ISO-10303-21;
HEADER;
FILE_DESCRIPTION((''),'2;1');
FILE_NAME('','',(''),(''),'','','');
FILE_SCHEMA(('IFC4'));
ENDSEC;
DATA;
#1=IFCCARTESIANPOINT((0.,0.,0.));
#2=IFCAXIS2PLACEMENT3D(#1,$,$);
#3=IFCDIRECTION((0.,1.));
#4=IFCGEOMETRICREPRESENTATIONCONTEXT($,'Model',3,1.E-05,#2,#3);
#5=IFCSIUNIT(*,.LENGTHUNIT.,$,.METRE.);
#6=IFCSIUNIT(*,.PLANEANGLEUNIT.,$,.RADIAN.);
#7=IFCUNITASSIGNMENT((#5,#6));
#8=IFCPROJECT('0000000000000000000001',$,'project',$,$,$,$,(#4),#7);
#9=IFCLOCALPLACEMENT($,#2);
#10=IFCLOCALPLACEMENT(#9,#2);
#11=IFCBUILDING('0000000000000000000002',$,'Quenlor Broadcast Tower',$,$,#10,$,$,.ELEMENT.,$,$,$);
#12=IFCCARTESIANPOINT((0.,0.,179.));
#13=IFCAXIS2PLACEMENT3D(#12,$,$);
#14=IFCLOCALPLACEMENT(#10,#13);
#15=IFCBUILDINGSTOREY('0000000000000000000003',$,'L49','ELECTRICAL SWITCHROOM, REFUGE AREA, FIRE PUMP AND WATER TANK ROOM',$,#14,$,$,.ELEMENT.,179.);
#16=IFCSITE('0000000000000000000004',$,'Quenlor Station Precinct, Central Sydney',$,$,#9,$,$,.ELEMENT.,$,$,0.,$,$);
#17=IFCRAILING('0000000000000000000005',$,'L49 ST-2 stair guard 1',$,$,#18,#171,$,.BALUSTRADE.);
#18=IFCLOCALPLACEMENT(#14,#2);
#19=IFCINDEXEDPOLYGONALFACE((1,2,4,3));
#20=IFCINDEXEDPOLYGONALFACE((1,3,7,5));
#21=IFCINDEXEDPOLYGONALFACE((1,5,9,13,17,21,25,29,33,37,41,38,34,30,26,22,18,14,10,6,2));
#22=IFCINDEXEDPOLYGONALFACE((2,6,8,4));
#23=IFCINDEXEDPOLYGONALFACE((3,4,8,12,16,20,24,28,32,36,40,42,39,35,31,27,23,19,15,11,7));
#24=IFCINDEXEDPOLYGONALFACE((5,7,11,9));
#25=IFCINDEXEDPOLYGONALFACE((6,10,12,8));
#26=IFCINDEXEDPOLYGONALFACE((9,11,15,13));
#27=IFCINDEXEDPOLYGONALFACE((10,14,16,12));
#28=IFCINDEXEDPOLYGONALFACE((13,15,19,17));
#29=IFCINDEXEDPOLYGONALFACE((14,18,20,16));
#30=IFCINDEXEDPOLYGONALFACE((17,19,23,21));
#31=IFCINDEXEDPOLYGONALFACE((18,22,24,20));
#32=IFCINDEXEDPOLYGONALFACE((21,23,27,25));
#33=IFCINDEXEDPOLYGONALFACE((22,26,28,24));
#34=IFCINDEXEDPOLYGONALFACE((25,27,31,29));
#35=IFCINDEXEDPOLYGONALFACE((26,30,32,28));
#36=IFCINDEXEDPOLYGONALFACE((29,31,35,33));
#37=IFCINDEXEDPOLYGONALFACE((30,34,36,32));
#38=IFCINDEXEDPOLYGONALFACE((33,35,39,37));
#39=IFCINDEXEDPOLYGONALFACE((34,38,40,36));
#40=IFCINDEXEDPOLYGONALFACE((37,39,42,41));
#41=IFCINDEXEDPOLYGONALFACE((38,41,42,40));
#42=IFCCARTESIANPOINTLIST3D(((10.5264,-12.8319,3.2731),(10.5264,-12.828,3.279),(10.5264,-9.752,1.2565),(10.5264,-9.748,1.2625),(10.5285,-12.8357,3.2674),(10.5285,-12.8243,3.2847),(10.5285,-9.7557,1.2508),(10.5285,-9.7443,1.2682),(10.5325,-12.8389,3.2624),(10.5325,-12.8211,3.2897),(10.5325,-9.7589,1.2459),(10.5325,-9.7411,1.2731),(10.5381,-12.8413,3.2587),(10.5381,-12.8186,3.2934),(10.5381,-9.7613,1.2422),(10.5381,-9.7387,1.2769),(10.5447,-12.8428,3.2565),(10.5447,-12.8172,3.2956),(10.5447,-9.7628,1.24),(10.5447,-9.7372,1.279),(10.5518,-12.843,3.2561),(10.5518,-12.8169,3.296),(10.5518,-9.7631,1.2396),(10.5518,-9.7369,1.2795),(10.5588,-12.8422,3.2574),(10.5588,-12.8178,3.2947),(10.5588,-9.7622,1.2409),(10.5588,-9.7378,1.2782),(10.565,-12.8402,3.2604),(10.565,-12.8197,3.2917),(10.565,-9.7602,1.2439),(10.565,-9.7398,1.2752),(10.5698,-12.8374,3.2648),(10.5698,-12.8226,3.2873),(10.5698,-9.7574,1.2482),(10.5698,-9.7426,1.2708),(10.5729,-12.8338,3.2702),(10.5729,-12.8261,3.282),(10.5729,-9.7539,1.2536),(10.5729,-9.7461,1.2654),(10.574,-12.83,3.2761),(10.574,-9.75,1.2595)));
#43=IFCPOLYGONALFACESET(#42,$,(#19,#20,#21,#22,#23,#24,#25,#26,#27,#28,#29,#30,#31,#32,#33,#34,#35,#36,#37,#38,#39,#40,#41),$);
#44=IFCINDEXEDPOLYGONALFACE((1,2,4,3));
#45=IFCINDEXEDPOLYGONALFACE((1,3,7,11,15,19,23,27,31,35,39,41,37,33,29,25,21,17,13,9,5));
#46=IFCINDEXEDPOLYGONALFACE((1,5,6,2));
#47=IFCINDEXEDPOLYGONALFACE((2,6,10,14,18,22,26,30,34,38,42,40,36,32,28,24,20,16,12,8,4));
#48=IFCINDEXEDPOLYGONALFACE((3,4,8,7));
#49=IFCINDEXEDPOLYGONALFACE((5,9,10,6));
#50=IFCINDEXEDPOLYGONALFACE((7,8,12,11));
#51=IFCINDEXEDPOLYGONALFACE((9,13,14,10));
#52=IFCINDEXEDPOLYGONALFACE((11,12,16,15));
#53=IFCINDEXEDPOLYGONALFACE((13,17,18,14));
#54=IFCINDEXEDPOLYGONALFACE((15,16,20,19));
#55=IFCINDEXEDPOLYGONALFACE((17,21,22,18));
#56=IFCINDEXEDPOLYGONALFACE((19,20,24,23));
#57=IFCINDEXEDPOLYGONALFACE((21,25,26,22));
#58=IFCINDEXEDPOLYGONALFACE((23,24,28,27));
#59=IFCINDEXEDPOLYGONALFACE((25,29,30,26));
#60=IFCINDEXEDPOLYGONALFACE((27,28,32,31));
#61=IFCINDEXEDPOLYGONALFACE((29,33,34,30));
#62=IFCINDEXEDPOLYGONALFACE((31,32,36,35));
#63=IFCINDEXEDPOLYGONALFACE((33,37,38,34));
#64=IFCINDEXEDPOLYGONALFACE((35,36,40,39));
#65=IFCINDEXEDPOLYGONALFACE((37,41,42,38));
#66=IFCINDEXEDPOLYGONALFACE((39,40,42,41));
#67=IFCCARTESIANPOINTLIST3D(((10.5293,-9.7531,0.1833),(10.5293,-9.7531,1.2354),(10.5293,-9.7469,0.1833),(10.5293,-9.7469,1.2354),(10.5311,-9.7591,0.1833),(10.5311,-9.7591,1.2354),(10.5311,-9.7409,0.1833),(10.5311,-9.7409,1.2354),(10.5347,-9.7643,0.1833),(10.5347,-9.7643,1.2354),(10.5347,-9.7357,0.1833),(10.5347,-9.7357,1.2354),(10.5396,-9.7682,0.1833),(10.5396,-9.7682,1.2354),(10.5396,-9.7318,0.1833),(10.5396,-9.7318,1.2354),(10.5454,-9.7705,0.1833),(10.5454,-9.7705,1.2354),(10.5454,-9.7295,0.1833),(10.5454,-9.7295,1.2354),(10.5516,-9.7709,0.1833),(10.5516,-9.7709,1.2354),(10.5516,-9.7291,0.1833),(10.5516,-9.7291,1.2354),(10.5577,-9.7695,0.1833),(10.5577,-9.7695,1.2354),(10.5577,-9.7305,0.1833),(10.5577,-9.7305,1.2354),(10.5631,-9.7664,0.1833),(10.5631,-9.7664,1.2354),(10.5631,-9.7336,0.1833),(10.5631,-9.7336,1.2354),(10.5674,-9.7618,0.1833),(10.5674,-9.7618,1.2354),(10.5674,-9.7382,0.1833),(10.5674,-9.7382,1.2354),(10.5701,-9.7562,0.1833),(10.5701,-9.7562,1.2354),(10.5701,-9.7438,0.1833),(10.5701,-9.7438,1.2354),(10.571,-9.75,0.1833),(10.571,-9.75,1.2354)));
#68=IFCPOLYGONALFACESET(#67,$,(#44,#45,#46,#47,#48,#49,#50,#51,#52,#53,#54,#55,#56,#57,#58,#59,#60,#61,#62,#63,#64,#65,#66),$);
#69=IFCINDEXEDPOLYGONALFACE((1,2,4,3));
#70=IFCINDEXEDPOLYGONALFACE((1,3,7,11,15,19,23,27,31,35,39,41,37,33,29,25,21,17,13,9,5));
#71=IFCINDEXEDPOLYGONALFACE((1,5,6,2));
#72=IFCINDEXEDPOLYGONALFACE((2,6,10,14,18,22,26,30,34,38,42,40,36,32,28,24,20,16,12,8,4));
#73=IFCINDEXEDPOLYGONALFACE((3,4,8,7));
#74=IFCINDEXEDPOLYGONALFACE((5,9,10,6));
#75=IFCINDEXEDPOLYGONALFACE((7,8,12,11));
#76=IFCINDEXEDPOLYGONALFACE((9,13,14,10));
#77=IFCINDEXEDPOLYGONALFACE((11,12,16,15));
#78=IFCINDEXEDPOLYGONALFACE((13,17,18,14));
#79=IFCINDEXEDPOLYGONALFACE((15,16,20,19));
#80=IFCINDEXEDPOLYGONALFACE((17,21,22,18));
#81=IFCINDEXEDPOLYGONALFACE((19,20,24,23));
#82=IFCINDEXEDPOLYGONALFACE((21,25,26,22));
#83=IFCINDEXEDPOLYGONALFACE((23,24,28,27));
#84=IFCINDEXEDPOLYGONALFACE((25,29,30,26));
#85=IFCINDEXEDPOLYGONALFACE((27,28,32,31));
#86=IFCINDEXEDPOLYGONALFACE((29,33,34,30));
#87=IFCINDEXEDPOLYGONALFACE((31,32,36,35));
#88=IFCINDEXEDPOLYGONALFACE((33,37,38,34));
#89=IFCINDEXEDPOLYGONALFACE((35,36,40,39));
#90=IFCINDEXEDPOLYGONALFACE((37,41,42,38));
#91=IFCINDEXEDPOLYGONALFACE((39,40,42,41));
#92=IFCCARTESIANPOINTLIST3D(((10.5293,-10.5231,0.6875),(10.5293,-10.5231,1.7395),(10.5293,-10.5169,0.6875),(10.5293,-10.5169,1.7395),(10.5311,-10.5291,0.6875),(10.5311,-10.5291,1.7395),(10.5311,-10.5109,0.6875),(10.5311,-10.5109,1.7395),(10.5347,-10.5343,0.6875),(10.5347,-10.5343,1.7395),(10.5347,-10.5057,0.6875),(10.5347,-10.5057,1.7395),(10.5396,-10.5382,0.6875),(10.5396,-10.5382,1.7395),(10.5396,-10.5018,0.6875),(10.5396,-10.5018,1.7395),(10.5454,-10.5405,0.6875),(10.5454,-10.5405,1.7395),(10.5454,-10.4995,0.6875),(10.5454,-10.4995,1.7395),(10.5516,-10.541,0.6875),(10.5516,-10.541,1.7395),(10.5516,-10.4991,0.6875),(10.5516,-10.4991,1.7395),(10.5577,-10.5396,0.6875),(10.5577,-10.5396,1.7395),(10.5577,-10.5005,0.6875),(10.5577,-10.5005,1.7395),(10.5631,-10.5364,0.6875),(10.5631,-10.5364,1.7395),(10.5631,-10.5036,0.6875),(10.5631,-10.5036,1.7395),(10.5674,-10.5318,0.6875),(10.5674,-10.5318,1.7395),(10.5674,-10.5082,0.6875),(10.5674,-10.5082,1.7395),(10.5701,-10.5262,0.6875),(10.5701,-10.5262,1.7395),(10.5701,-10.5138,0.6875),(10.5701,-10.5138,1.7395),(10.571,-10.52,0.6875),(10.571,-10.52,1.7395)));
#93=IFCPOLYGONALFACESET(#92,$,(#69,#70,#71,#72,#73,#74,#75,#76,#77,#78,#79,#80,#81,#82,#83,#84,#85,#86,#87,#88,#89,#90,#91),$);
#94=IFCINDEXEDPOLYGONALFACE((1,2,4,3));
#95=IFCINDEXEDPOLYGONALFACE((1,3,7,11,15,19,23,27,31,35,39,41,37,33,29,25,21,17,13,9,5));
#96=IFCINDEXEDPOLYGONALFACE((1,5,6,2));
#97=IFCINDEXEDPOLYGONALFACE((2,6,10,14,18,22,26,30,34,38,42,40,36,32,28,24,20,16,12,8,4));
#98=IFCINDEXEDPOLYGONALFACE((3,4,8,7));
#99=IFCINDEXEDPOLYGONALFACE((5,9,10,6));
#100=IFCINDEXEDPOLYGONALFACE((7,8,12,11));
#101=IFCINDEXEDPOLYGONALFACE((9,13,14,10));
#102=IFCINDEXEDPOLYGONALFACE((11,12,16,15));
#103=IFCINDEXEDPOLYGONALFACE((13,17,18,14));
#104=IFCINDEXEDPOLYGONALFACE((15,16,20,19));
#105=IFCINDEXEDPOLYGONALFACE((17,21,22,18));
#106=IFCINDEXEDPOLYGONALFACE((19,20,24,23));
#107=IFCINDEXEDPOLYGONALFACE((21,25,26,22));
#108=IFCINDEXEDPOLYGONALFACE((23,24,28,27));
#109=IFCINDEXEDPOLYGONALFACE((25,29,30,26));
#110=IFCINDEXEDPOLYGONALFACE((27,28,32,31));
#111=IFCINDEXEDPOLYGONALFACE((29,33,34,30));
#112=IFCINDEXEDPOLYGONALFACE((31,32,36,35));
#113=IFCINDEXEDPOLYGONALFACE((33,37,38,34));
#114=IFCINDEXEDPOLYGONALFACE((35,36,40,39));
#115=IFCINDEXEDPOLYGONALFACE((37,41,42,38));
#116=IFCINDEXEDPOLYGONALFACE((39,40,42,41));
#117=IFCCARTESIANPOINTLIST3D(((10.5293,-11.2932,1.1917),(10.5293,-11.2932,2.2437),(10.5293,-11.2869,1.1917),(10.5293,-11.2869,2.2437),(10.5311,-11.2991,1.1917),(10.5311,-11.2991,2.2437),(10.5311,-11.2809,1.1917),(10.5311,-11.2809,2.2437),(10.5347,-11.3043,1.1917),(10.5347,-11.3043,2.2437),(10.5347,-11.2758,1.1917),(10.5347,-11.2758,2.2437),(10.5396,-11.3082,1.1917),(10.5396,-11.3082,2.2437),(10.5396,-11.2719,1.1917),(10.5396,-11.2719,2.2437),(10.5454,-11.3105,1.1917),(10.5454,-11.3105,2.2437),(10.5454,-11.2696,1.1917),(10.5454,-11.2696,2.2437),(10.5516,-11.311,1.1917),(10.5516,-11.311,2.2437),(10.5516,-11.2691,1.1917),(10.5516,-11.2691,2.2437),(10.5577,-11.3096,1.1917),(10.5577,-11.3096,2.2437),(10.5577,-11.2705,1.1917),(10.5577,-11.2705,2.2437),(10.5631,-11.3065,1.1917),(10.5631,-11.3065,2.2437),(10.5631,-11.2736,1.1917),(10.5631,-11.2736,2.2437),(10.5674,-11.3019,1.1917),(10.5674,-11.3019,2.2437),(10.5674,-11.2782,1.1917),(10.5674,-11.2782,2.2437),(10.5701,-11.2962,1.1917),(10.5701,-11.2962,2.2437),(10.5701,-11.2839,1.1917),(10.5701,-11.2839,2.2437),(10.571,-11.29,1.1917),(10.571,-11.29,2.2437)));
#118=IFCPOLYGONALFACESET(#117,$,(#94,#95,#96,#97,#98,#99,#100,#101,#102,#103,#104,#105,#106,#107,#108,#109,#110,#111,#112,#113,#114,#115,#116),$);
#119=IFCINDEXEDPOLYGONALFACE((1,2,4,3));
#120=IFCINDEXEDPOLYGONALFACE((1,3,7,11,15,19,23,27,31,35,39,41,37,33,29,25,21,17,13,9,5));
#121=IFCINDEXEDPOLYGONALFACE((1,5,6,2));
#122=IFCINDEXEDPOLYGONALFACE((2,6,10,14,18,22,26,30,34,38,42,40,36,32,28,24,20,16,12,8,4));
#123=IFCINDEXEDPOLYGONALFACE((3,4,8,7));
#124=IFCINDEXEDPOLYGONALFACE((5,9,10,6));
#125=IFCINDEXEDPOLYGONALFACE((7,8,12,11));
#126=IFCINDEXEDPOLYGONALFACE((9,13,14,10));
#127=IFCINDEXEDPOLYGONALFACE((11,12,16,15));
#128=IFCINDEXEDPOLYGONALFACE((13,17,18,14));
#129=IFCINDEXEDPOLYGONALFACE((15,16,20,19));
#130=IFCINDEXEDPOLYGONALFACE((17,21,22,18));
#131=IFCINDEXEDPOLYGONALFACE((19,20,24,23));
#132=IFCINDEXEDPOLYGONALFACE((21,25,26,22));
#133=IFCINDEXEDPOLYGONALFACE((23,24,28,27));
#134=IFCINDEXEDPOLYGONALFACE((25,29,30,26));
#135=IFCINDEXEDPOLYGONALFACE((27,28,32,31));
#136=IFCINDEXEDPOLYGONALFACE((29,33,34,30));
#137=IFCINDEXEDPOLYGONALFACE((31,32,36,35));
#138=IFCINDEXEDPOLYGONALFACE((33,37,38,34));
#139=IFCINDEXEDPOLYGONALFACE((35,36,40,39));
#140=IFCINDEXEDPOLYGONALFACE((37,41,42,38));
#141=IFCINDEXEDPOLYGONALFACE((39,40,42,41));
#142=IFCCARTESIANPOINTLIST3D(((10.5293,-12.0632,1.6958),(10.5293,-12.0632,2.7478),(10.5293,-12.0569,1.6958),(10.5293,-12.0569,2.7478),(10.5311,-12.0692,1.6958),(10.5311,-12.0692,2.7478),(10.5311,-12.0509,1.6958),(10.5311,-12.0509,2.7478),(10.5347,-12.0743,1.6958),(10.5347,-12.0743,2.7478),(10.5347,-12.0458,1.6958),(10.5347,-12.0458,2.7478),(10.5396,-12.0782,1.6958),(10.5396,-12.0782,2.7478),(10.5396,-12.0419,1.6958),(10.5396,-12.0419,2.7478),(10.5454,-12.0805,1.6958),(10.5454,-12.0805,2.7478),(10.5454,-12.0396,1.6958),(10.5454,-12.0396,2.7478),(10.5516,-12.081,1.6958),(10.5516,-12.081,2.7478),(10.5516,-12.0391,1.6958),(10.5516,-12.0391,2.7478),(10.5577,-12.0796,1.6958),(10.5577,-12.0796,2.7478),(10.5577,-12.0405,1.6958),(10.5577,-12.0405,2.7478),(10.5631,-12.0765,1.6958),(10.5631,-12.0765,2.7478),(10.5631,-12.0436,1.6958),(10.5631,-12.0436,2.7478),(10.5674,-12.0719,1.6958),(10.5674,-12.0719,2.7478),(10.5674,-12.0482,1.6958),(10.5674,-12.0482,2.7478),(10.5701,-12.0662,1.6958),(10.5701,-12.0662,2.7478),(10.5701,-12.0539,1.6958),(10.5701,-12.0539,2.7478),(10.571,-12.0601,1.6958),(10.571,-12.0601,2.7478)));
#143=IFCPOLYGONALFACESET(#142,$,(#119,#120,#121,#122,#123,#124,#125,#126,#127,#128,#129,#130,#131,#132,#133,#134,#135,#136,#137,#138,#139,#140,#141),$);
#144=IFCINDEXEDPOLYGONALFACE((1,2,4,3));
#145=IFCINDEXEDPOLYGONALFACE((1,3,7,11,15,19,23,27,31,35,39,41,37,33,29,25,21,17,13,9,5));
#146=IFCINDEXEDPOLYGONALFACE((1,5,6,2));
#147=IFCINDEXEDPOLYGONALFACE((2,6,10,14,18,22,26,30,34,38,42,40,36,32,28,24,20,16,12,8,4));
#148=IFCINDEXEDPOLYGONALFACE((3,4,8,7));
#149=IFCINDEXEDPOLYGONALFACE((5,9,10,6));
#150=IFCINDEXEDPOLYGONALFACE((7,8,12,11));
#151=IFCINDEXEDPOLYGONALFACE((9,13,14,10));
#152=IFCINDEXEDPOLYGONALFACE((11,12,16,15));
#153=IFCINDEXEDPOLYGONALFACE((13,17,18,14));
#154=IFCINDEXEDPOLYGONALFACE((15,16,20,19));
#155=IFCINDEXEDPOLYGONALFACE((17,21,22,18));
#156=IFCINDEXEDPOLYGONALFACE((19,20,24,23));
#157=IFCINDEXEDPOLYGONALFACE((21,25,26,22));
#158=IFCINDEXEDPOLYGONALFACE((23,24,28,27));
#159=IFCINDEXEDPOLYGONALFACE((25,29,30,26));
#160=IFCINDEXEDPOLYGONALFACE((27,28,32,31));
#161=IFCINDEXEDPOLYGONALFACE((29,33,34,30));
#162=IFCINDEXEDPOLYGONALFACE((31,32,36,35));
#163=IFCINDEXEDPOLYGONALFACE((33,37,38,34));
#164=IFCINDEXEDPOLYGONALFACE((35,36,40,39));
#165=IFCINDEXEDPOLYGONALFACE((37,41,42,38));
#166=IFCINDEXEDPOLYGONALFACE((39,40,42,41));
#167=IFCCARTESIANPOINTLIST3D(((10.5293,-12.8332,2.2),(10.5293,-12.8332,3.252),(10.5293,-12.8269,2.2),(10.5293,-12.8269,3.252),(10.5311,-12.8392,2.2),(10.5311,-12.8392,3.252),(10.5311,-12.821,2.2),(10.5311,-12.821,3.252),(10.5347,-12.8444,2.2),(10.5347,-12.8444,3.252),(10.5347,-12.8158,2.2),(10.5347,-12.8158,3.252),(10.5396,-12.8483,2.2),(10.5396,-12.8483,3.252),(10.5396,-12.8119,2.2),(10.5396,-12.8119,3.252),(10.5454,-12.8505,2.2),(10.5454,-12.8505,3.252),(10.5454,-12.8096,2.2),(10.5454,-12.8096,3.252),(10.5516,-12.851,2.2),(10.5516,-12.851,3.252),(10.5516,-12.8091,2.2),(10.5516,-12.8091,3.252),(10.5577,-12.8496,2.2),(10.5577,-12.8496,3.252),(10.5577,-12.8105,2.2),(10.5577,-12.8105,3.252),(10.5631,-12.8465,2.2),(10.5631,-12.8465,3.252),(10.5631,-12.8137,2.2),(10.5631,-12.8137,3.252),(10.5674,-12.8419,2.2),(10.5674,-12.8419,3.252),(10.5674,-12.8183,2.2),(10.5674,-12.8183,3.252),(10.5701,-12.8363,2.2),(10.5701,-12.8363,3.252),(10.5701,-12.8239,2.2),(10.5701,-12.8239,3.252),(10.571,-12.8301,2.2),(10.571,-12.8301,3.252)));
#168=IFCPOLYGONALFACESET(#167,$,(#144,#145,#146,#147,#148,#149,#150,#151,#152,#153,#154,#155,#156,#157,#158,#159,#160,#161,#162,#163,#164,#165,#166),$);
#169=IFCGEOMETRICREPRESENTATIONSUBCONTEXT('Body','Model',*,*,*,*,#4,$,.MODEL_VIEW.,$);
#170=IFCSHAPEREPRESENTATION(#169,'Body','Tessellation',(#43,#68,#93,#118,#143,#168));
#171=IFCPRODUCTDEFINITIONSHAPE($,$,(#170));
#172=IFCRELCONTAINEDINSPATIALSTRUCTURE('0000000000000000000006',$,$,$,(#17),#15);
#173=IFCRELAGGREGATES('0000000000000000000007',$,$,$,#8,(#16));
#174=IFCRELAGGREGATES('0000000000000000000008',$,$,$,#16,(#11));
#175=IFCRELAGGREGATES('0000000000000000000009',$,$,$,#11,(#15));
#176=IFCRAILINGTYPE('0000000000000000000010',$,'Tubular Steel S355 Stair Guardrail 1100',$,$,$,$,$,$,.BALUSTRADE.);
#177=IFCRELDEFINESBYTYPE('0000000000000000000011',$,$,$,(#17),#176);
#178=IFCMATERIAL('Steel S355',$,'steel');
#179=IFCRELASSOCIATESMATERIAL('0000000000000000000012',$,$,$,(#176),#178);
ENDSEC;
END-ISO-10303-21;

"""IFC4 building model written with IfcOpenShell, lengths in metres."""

from ifc_helpers import new_model, si_unit, direction, frame, origin, origin_2d, place, context, subcontext, project, spatial, circle, extrude, material, type_object, element, save


model = new_model("IFC4")

# Units and contexts
model_context = context("Model", 3, precision=1e-05, world=origin(), true_north=direction((0.0, 1.0)))
body_context = subcontext(model_context, "Body", "Model", "MODEL_VIEW")
ifc_project = project(units=[si_unit("LENGTHUNIT", "METRE"), si_unit("PLANEANGLEUNIT", "RADIAN")], contexts=[model_context])

# Site, building, storey
site_placement = place(None, origin())
site = spatial("IfcSite", under=ifc_project, at=site_placement, Name="Quenlor Station Precinct, Central Sydney", CompositionType="ELEMENT", RefElevation=0.0)
building_placement = place(site_placement, origin())
building = spatial("IfcBuilding", under=site, at=building_placement, Name="Quenlor Broadcast Tower", CompositionType="ELEMENT")
storey_placement = place(building_placement, frame((0.0, 0.0, 179.0)))
storey = spatial("IfcBuildingStorey", under=building, at=storey_placement, Name="L49", Description="ELECTRICAL SWITCHROOM, REFUGE AREA, FIRE PUMP AND WATER TANK ROOM", CompositionType="ELEMENT", Elevation=179.0)

# Railing
ifc_material_1 = material(Name="Steel S355", Category="steel")
railing_type_1 = type_object("IfcRailingType", Name="Tubular Steel S355 Stair Guardrail 1100", PredefinedType="BALUSTRADE", material=ifc_material_1)
railing_1_placement = place(storey_placement, frame((10.55, -9.75, 0.1833)))
element("IfcRailing", 1, at=railing_1_placement, inside=storey, type_object=railing_type_1, Name="L49 ST-2 stair guard 1", PredefinedType="BALUSTRADE", context=body_context, shape_type="SweptSolid", body=[
    extrude(circle(Radius=0.0239, at=origin_2d()), frame((0.0, 0.0, 1.0762), z_axis=(0.0, -0.836633, 0.547764), x_axis=(1.0, 0.0, 0.0)), (0.0, 0.0, 1.0), 3.6814),
    extrude(circle(Radius=0.021, at=origin_2d()), origin(), (0.0, 0.0, 1.0), 1.052),
    extrude(circle(Radius=0.021, at=origin_2d()), frame((0.0, -0.77, 0.5042)), (0.0, 0.0, 1.0), 1.052),
    extrude(circle(Radius=0.021, at=origin_2d()), frame((0.0, -1.54, 1.0083)), (0.0, 0.0, 1.0), 1.052),
    extrude(circle(Radius=0.021, at=origin_2d()), frame((0.0, -2.3101, 1.5125)), (0.0, 0.0, 1.0), 1.052),
    extrude(circle(Radius=0.021, at=origin_2d()), frame((0.0, -3.0801, 2.0166)), (0.0, 0.0, 1.0), 1.052),
])

save(model, "model.ifc")
